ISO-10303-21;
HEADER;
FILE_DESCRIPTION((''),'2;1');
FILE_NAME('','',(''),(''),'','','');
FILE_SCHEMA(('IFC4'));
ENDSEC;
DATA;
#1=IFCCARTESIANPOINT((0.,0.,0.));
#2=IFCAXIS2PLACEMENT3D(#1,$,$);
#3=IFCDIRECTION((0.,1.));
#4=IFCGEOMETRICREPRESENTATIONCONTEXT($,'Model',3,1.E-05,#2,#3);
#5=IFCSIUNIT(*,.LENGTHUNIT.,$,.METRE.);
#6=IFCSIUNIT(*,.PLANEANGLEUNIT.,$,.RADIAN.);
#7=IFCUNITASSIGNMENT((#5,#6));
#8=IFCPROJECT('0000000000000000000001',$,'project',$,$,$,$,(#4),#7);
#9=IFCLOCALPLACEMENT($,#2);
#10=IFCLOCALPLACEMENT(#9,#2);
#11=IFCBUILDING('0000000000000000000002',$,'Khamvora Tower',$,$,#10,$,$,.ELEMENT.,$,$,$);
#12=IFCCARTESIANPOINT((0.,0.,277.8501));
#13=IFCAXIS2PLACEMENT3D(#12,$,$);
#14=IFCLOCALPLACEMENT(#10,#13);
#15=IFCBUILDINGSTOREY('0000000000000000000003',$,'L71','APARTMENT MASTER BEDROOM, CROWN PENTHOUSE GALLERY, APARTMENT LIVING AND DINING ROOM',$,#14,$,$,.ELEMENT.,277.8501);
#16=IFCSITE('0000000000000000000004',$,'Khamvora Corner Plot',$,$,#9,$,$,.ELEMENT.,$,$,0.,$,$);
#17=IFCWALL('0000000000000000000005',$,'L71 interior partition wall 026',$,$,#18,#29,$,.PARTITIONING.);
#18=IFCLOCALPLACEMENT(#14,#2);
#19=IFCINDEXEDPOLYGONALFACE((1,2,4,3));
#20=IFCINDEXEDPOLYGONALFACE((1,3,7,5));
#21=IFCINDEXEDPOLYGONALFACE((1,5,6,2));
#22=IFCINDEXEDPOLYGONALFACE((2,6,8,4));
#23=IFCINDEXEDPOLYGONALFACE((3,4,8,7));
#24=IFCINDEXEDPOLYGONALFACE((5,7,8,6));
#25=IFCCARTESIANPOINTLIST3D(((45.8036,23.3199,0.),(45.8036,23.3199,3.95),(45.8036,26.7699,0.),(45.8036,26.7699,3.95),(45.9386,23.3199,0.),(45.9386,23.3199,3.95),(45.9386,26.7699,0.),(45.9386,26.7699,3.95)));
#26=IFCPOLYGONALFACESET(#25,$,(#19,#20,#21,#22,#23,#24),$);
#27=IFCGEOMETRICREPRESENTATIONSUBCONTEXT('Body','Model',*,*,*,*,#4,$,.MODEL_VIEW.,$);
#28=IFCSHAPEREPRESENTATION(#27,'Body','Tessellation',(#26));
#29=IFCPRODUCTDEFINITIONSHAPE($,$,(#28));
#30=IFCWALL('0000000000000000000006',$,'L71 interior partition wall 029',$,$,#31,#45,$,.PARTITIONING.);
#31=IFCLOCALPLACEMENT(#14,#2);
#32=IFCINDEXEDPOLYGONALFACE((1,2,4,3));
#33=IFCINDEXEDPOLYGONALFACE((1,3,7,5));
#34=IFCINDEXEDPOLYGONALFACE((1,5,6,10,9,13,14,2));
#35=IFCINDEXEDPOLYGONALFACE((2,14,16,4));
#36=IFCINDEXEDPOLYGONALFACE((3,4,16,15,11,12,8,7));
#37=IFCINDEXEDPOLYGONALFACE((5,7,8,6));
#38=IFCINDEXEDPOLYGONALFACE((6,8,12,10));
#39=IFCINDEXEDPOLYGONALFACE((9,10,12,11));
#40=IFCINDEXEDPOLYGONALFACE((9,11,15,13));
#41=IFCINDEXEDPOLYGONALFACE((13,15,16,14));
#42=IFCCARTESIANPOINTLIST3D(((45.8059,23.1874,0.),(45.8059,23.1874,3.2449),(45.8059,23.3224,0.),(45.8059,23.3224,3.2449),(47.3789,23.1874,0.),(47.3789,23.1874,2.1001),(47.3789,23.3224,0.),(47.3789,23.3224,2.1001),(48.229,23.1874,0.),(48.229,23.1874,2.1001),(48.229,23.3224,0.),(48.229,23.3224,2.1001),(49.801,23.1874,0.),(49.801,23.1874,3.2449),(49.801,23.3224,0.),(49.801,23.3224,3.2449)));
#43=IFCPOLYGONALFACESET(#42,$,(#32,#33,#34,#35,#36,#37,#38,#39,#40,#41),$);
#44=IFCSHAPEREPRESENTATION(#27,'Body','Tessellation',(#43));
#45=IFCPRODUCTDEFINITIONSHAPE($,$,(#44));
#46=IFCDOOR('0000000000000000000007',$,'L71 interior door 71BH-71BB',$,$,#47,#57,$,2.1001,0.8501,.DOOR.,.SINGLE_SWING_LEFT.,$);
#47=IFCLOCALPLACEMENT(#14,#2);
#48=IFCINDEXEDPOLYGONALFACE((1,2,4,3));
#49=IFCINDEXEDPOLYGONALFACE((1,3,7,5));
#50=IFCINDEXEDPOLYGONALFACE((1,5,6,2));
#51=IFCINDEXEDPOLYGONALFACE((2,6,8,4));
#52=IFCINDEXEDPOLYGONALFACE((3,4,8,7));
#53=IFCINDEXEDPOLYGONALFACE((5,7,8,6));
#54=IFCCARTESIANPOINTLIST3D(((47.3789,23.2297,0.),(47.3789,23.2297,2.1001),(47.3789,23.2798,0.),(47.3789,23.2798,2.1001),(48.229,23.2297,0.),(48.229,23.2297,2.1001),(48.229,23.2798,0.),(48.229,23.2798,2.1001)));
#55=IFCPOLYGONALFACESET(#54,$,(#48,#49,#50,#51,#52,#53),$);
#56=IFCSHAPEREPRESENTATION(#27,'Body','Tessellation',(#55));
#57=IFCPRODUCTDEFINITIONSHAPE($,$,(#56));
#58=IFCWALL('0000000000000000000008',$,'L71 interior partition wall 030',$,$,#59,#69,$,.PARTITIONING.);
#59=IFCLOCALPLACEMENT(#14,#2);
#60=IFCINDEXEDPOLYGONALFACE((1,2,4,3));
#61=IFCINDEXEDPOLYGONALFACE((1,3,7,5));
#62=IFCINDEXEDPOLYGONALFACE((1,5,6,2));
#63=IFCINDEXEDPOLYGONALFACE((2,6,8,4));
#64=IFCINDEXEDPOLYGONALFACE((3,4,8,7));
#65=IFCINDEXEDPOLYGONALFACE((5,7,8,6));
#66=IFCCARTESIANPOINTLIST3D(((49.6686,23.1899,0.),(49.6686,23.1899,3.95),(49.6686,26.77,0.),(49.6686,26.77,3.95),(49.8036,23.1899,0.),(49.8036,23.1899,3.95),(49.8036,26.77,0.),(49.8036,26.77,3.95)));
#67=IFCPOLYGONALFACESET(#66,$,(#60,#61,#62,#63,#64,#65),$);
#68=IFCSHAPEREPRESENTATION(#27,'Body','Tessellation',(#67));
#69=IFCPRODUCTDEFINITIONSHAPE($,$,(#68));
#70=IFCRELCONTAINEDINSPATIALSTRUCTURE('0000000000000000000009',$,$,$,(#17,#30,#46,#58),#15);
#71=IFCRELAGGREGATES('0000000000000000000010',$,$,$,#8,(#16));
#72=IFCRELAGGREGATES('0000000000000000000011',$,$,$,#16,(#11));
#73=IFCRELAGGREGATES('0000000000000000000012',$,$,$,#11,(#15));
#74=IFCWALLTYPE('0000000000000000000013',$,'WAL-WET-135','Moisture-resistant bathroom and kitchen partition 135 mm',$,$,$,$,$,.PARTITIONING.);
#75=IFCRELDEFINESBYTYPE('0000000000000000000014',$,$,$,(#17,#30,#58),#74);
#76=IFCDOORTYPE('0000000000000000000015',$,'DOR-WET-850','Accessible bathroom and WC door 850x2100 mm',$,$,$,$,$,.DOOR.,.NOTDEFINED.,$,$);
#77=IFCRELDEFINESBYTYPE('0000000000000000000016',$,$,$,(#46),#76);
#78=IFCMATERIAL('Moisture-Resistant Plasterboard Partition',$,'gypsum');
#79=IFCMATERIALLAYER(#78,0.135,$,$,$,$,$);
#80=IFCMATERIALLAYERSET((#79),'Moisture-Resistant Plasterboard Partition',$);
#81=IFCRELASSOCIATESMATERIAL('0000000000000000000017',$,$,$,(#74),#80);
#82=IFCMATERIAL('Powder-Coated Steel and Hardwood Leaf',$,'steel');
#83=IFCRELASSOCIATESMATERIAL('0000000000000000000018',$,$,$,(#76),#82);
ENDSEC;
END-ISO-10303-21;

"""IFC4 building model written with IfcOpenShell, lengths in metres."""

from ifc_helpers import new_model, si_unit, direction, frame, frame_2d, origin, place, context, subcontext, project, spatial, rectangle, extrude, material, layer, layer_set, type_object, element, fill, save


model = new_model("IFC4")

# Units and contexts
model_context = context("Model", 3, precision=1e-05, world=origin(), true_north=direction((0.0, 1.0)))
body_context = subcontext(model_context, "Body", "Model", "MODEL_VIEW")
ifc_project = project(units=[si_unit("LENGTHUNIT", "METRE"), si_unit("PLANEANGLEUNIT", "RADIAN")], contexts=[model_context])

# Site, building, storey
site_placement = place(None, origin())
site = spatial("IfcSite", under=ifc_project, at=site_placement, Name="Khamvora Corner Plot", CompositionType="ELEMENT", RefElevation=0.0)
building_placement = place(site_placement, origin())
building = spatial("IfcBuilding", under=site, at=building_placement, Name="Khamvora Tower", CompositionType="ELEMENT")
storey_placement = place(building_placement, frame((0.0, 0.0, 277.8501)))
storey = spatial("IfcBuildingStorey", under=building, at=storey_placement, Name="L71", Description="APARTMENT MASTER BEDROOM, CROWN PENTHOUSE GALLERY, APARTMENT LIVING AND DINING ROOM", CompositionType="ELEMENT", Elevation=277.8501)

# Shared definitions
ifc_material_1 = material(Name="Powder-Coated Steel and Hardwood Leaf", Category="steel")

# Wall
ifc_material_2 = material(Name="Moisture-Resistant Plasterboard Partition", Category="gypsum")
ifc_layer_1 = layer(ifc_material_2, 0.135)
ifc_layer_set_1 = layer_set([ifc_layer_1], Name="Moisture-Resistant Plasterboard Partition")
wall_type_1 = type_object("IfcWallType", Name="WAL-WET-135", Description="Moisture-resistant bathroom and kitchen partition 135 mm", PredefinedType="PARTITIONING", material=ifc_layer_set_1)
wall_1_placement = place(storey_placement, frame((45.8711, 26.77, 0.0), z_axis=(0.0, 0.0, 1.0), x_axis=(0.0, -1.0, 0.0)))
element("IfcWall", 1, at=wall_1_placement, inside=storey, type_object=wall_type_1, Name="L71 interior partition wall 026", PredefinedType="PARTITIONING", context=body_context, shape_type="SweptSolid", body=[
    extrude(rectangle(XDim=3.45, YDim=0.135, at=frame_2d((1.7251, 0.0))), origin(), (0.0, 0.0, 1.0), 3.95),
])

# Wall, opening, door
wall_2_placement = place(storey_placement, frame((45.8059, 23.2549, 0.0), z_axis=(0.0, 0.0, 1.0), x_axis=(1.0, 0.0, 0.0)))
wall_2 = element("IfcWall", 2, at=wall_2_placement, inside=storey, type_object=wall_type_1, Name="L71 interior partition wall 029", PredefinedType="PARTITIONING", context=body_context, shape_type="SweptSolid", body=[
    extrude(rectangle(XDim=3.9951, YDim=0.135, at=frame_2d((1.9976, 0.0))), origin(), (0.0, 0.0, 1.0), 3.2449),
])
opening_1_placement = place(wall_2_placement, frame((1.573, 0.0, 0.0)))
opening_1 = element("IfcOpeningElement", 3, at=opening_1_placement, cuts=wall_2, PredefinedType="OPENING", context=body_context, shape_type="SweptSolid", body=[
    extrude(rectangle(XDim=0.8501, YDim=2.1001, at=frame_2d((0.425, 1.05))), frame((0.0, 0.0774, 0.0), z_axis=(0.0, -1.0, 0.0), x_axis=(1.0, 0.0, 0.0)), (0.0, 0.0, 1.0), 0.155),
])
door_type_1 = type_object("IfcDoorType", Name="DOR-WET-850", Description="Accessible bathroom and WC door 850x2100 mm", OperationType="NOTDEFINED", PredefinedType="DOOR", material=ifc_material_1)
door_1_placement = place(opening_1_placement, origin())
door_1 = element("IfcDoor", 4, at=door_1_placement, inside=storey, type_object=door_type_1, Name="L71 interior door 71BH-71BB", OperationType="SINGLE_SWING_LEFT", OverallHeight=2.1001, OverallWidth=0.8501, PredefinedType="DOOR", context=body_context, shape_type="SweptSolid", body=[
    extrude(rectangle(XDim=0.8501, YDim=2.1001, at=frame_2d((0.425, 1.05))), frame((0.0, 0.0249, 0.0), z_axis=(0.0, -1.0, 0.0), x_axis=(1.0, 0.0, 0.0)), (0.0, 0.0, 1.0), 0.05),
])
fill(opening_1, door_1)

# Wall
wall_3_placement = place(storey_placement, frame((49.7361, 23.1899, 0.0), z_axis=(0.0, 0.0, 1.0), x_axis=(0.0, 1.0, 0.0)))
element("IfcWall", 5, at=wall_3_placement, inside=storey, type_object=wall_type_1, Name="L71 interior partition wall 030", PredefinedType="PARTITIONING", context=body_context, shape_type="SweptSolid", body=[
    extrude(rectangle(XDim=3.5801, YDim=0.135, at=frame_2d((1.79, 0.0))), origin(), (0.0, 0.0, 1.0), 3.95),
])

save(model, "model.ifc")
